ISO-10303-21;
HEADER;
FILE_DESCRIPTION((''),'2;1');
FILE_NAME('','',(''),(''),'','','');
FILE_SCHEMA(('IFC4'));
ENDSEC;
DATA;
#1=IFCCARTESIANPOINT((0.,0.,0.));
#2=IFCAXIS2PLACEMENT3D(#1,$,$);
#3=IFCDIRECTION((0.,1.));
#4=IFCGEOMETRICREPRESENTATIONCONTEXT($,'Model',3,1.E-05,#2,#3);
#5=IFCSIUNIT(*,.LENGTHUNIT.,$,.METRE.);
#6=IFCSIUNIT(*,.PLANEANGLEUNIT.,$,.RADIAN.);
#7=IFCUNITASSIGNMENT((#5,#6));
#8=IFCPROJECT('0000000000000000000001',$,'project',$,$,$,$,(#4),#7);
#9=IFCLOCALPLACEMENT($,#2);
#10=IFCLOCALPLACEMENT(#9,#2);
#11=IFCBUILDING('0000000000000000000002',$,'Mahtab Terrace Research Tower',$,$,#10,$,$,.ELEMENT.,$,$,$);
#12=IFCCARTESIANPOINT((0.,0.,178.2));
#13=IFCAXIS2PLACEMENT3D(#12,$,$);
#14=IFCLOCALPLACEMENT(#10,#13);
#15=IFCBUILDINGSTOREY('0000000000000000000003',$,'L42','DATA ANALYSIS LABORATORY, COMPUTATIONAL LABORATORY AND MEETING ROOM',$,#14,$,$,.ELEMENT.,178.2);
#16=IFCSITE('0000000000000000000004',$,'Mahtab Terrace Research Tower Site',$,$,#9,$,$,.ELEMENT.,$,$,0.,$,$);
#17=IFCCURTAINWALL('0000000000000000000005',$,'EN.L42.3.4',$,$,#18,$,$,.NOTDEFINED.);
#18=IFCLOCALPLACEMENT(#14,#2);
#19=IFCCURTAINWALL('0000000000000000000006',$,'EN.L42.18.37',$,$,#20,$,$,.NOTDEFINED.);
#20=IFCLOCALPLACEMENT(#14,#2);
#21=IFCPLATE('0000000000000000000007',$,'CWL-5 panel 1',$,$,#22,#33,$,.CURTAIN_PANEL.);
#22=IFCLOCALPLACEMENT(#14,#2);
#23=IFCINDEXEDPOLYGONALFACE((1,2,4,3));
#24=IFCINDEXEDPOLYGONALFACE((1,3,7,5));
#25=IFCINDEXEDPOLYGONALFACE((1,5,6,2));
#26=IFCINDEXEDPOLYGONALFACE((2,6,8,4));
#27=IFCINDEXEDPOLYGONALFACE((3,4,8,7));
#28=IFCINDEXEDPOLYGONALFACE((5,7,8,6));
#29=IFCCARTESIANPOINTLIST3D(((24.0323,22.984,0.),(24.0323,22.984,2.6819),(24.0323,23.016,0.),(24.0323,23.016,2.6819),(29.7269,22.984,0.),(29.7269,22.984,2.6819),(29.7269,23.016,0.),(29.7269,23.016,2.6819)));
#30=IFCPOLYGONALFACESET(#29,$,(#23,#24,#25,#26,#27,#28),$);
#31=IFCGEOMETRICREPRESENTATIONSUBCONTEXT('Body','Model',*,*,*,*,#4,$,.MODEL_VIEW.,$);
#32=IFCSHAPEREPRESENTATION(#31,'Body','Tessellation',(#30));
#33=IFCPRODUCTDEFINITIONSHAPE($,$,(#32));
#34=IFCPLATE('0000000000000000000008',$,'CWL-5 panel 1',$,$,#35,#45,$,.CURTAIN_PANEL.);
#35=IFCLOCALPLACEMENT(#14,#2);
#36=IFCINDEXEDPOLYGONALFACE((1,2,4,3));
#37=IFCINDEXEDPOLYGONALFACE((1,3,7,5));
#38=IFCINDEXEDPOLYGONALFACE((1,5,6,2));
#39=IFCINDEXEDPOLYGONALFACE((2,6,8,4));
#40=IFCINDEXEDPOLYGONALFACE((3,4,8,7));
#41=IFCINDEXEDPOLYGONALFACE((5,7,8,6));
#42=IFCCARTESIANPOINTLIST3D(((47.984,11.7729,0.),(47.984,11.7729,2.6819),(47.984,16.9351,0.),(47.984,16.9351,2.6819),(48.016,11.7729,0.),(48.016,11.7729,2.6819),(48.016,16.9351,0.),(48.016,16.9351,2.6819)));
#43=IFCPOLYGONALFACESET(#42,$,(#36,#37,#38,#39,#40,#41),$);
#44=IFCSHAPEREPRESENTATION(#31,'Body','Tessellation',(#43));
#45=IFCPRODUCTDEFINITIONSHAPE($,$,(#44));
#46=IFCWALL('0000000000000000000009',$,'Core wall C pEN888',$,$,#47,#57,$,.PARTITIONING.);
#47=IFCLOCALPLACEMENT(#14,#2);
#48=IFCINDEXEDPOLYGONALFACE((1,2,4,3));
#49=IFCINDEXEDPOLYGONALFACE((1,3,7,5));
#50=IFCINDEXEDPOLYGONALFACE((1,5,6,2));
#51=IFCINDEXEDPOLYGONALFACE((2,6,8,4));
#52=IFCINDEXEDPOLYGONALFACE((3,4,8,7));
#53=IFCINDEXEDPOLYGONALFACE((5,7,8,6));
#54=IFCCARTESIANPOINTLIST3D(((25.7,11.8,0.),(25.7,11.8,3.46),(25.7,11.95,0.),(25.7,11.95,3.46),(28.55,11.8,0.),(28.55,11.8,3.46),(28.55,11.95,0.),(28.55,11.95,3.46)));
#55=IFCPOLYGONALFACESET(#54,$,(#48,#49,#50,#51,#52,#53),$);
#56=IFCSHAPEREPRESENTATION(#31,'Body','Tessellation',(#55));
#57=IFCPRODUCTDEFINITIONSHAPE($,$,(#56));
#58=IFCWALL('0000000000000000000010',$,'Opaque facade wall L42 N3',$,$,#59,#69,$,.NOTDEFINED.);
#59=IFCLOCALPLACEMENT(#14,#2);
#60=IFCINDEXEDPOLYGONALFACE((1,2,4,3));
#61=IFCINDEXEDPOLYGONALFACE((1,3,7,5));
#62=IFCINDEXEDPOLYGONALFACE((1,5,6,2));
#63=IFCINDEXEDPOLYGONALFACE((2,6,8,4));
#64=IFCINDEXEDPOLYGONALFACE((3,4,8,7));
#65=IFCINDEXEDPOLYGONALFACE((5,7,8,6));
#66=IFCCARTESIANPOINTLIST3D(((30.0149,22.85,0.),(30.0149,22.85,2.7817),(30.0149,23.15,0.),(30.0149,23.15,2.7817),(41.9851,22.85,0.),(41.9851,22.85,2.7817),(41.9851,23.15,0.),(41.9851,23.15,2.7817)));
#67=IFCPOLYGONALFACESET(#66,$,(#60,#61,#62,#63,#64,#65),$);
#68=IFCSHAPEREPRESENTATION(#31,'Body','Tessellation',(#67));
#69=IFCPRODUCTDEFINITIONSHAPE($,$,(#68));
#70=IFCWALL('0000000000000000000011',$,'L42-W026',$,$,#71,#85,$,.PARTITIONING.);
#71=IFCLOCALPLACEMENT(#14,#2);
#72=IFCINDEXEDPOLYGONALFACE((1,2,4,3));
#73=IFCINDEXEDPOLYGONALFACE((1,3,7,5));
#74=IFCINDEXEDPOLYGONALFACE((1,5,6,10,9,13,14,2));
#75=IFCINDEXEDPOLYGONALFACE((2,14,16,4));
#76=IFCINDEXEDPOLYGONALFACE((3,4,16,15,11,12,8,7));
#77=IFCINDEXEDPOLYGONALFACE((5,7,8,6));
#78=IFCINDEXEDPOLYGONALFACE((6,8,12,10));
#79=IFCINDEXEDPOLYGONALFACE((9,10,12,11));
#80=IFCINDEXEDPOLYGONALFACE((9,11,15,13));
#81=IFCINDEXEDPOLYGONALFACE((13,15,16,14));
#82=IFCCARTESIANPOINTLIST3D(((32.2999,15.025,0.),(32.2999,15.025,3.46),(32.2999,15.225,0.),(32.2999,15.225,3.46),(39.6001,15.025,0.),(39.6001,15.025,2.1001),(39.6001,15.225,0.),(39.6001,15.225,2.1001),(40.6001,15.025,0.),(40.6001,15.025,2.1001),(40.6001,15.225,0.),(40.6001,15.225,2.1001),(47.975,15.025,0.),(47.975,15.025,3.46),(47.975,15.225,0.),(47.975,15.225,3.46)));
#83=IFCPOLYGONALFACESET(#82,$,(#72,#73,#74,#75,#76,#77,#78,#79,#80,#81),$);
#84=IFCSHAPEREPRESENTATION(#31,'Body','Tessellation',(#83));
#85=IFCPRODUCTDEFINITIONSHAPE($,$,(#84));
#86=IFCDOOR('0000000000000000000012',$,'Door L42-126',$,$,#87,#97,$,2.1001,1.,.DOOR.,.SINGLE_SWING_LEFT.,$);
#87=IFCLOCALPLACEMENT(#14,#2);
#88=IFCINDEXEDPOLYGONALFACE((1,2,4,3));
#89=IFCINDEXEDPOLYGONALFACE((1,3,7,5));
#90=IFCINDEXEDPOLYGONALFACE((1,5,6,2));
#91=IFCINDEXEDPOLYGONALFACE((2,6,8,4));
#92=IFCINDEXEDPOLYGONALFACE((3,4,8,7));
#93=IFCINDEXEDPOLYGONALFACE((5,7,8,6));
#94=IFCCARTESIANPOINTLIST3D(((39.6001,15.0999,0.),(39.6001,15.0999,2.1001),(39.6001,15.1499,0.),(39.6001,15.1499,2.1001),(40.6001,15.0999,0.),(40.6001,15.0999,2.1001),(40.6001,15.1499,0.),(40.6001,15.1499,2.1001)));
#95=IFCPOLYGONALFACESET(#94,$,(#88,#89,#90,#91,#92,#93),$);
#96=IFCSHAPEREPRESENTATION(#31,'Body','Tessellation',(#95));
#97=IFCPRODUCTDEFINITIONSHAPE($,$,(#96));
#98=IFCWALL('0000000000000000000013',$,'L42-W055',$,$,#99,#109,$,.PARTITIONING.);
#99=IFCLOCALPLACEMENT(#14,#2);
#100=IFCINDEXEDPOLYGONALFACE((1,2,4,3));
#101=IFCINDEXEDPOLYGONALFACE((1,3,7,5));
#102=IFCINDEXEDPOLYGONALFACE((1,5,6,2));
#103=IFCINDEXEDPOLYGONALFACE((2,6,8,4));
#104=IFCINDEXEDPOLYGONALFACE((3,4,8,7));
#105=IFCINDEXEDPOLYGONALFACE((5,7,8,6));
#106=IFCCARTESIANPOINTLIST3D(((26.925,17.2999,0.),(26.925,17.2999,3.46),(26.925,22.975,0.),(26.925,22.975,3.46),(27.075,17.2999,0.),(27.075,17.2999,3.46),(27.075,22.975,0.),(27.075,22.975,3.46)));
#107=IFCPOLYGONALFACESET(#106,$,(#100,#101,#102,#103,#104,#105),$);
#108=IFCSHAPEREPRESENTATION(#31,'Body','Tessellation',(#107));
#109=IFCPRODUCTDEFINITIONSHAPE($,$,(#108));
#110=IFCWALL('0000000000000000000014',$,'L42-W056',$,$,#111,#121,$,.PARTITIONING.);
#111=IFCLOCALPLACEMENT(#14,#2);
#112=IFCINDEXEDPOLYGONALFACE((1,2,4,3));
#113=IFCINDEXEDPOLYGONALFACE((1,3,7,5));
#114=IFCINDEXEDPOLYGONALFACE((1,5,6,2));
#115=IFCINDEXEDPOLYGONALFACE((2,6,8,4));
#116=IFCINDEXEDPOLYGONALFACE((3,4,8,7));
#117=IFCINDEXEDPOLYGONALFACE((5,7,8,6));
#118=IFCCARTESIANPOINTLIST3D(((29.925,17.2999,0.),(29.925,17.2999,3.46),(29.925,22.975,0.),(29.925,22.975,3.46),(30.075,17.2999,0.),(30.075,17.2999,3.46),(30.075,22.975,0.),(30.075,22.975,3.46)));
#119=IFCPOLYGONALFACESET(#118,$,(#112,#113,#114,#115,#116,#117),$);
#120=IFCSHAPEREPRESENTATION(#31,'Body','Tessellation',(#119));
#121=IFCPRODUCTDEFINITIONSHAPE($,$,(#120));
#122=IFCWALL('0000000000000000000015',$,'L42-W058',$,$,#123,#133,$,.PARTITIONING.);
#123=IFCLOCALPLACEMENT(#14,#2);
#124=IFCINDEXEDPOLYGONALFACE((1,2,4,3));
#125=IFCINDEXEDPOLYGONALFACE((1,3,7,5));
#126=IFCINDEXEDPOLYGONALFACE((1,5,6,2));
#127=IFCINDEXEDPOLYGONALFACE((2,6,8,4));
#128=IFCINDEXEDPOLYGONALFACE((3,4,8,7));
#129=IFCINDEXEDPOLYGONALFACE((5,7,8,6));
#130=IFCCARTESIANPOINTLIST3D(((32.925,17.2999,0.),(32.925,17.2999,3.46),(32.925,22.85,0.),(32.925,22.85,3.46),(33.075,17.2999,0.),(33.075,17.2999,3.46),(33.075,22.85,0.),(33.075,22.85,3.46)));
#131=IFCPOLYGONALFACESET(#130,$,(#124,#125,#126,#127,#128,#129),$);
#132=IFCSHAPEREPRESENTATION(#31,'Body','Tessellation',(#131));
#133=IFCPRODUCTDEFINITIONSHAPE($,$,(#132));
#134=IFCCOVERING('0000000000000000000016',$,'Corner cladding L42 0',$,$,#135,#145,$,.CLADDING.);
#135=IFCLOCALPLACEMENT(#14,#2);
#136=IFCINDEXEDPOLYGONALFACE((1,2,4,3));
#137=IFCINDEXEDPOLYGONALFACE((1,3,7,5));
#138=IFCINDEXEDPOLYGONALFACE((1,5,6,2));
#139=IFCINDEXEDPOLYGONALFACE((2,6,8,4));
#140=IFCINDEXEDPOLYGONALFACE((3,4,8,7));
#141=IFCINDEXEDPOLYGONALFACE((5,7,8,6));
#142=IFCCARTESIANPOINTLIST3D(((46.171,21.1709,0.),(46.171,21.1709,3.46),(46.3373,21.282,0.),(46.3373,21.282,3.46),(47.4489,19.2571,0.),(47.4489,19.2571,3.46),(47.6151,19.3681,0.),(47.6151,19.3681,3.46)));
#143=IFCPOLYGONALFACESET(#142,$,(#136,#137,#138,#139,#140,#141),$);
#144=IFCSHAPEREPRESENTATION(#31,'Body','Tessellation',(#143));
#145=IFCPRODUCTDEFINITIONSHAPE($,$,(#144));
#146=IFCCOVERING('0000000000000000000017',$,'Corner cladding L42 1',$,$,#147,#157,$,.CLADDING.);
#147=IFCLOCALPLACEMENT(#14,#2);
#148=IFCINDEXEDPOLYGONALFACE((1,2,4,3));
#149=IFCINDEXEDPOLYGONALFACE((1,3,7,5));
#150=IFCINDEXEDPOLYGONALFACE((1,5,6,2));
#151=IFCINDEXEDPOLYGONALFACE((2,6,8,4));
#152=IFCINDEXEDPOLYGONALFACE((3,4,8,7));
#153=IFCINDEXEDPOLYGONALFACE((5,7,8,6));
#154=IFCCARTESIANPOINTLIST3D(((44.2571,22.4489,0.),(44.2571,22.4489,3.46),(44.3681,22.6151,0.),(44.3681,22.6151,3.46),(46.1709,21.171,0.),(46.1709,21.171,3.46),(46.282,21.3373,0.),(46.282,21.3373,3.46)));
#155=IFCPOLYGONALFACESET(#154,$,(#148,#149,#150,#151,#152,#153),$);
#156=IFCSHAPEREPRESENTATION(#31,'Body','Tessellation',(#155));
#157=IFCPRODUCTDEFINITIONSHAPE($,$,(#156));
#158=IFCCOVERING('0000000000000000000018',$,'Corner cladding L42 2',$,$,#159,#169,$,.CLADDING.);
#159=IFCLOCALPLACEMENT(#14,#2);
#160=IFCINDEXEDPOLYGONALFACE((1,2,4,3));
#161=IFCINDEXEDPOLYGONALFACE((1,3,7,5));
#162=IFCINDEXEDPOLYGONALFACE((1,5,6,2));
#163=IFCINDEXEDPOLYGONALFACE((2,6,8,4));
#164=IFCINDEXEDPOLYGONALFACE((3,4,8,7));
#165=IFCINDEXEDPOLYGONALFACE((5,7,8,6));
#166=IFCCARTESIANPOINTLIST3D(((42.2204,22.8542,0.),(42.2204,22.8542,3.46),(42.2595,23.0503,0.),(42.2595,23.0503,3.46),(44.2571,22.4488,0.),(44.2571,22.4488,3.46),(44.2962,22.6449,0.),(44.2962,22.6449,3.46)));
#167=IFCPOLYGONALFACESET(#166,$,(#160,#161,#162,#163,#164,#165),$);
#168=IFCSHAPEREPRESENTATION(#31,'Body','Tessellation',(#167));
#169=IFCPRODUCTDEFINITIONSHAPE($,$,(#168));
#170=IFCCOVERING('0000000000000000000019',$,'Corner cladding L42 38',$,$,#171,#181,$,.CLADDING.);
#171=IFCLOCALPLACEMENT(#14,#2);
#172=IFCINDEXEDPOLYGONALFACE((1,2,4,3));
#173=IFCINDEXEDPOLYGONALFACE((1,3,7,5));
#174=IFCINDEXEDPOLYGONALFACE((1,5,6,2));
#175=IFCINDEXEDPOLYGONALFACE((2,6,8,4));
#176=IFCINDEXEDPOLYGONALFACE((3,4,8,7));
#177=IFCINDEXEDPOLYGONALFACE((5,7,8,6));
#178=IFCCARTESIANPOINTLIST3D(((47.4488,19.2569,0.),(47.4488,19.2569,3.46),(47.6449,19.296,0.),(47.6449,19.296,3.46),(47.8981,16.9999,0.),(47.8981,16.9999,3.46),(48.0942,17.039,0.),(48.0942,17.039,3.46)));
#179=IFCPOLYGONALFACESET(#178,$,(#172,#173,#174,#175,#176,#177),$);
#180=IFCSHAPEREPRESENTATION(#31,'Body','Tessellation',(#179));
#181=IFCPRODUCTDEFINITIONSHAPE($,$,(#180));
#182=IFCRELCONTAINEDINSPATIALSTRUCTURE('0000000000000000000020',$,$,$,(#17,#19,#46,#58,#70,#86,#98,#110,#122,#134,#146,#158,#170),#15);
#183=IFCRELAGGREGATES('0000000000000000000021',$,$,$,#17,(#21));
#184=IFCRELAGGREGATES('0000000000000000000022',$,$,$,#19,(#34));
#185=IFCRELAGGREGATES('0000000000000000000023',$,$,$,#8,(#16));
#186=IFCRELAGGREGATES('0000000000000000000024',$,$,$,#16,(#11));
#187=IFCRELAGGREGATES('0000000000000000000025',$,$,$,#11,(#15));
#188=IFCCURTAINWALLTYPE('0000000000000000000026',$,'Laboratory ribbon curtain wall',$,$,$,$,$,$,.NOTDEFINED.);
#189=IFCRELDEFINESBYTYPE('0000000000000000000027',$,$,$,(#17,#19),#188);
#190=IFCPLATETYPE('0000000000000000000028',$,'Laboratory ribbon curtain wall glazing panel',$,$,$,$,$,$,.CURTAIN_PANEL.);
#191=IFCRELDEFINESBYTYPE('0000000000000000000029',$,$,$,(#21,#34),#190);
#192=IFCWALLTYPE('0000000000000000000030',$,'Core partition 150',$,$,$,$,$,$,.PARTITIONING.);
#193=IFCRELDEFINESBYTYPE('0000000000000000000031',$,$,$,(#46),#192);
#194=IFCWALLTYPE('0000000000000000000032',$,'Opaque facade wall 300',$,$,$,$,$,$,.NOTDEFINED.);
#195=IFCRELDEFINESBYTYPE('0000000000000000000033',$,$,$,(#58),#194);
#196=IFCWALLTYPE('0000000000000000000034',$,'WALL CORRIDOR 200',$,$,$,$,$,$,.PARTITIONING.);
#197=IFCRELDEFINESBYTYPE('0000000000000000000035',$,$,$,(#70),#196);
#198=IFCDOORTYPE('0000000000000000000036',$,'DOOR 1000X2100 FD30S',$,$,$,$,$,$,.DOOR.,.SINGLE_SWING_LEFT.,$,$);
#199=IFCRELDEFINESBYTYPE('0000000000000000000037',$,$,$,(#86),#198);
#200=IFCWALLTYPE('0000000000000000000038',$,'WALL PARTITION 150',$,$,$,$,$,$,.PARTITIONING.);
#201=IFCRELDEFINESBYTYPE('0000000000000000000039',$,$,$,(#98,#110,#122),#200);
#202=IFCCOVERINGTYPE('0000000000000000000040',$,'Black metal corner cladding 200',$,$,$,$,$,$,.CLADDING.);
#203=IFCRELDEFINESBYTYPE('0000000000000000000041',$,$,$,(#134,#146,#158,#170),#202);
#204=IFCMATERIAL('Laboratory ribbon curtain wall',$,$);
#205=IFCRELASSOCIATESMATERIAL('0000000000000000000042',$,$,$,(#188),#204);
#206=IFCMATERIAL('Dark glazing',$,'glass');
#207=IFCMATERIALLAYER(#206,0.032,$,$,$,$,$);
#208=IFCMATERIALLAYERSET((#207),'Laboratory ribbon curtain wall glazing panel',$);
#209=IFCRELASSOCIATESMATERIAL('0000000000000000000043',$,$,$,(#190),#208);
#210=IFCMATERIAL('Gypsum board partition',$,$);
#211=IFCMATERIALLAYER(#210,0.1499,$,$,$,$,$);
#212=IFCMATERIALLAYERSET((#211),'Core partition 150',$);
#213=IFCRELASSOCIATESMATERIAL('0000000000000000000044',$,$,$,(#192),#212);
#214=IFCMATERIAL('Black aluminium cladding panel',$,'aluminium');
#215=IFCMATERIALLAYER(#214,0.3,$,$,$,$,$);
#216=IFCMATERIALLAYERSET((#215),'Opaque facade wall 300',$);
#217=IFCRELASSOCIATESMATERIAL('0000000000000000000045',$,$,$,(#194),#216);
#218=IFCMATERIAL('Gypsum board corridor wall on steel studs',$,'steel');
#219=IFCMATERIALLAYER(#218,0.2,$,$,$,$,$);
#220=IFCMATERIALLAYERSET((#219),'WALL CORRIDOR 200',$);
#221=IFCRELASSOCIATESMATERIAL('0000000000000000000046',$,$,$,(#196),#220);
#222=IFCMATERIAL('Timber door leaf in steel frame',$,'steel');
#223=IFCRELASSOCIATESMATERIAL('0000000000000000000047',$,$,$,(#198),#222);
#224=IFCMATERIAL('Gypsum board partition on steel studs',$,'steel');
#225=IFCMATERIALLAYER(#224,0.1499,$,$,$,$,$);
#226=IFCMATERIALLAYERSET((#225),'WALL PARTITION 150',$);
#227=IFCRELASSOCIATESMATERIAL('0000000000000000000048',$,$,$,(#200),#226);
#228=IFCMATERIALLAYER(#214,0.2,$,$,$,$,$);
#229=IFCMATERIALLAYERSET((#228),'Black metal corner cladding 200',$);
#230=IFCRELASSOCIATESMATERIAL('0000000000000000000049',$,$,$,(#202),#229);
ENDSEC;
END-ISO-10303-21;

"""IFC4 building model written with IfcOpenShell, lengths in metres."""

from ifc_helpers import new_model, si_unit, direction, frame, frame_2d, origin, origin_2d, place, context, subcontext, project, spatial, rectangle, extrude, material, layer, layer_set, type_object, element, fill, aggregate, save


model = new_model("IFC4")

# Units and contexts
model_context = context("Model", 3, precision=1e-05, world=origin(), true_north=direction((0.0, 1.0)))
body_context = subcontext(model_context, "Body", "Model", "MODEL_VIEW")
ifc_project = project(units=[si_unit("LENGTHUNIT", "METRE"), si_unit("PLANEANGLEUNIT", "RADIAN")], contexts=[model_context])

# Site, building, storey
site_placement = place(None, origin())
site = spatial("IfcSite", under=ifc_project, at=site_placement, Name="Mahtab Terrace Research Tower Site", CompositionType="ELEMENT", RefElevation=0.0)
building_placement = place(site_placement, origin())
building = spatial("IfcBuilding", under=site, at=building_placement, Name="Mahtab Terrace Research Tower", CompositionType="ELEMENT")
storey_placement = place(building_placement, frame((0.0, 0.0, 178.2)))
storey = spatial("IfcBuildingStorey", under=building, at=storey_placement, Name="L42", Description="DATA ANALYSIS LABORATORY, COMPUTATIONAL LABORATORY AND MEETING ROOM", CompositionType="ELEMENT", Elevation=178.2)

# Curtain walls
ifc_material_1 = material(Name="Laboratory ribbon curtain wall")
curtain_wall_type = type_object("IfcCurtainWallType", Name="Laboratory ribbon curtain wall", PredefinedType="NOTDEFINED", material=ifc_material_1)
curtain_wall_1_placement = place(storey_placement, origin())
curtain_wall_1 = element("IfcCurtainWall", 1, at=curtain_wall_1_placement, inside=storey, type_object=curtain_wall_type, Name="EN.L42.3.4", PredefinedType="NOTDEFINED")
curtain_wall_2_placement = place(storey_placement, origin())
curtain_wall_2 = element("IfcCurtainWall", 2, at=curtain_wall_2_placement, inside=storey, type_object=curtain_wall_type, Name="EN.L42.18.37", PredefinedType="NOTDEFINED")

# Plates
ifc_material_2 = material(Name="Dark glazing", Category="glass")
ifc_layer_1 = layer(ifc_material_2, 0.032)
ifc_layer_set_1 = layer_set([ifc_layer_1], Name="Laboratory ribbon curtain wall glazing panel")
plate_type = type_object("IfcPlateType", Name="Laboratory ribbon curtain wall glazing panel", PredefinedType="CURTAIN_PANEL", material=ifc_layer_set_1)
plate_1_placement = place(storey_placement, frame((26.8796, 23.0, 0.0), z_axis=(0.0, 0.0, 1.0), x_axis=(-1.0, 0.0, 0.0)))
plate_1 = element("IfcPlate", 3, at=plate_1_placement, type_object=plate_type, Name="CWL-5 panel 1", PredefinedType="CURTAIN_PANEL", context=body_context, shape_type="SweptSolid", body=[
    extrude(rectangle(XDim=5.6946, YDim=0.032, at=origin_2d()), origin(), (0.0, 0.0, 1.0), 2.6819),
])
aggregate(curtain_wall_1, [plate_1])
plate_2_placement = place(storey_placement, frame((48.0, 14.354, 0.0), z_axis=(0.0, 0.0, 1.0), x_axis=(0.0, 1.0, 0.0)))
plate_2 = element("IfcPlate", 4, at=plate_2_placement, type_object=plate_type, Name="CWL-5 panel 1", PredefinedType="CURTAIN_PANEL", context=body_context, shape_type="SweptSolid", body=[
    extrude(rectangle(XDim=5.1621, YDim=0.032, at=origin_2d()), origin(), (0.0, 0.0, 1.0), 2.6819),
])
aggregate(curtain_wall_2, [plate_2])

# Walls
ifc_material_3 = material(Name="Gypsum board partition")
ifc_layer_2 = layer(ifc_material_3, 0.1499)
ifc_layer_set_2 = layer_set([ifc_layer_2], Name="Core partition 150")
wall_type_1 = type_object("IfcWallType", Name="Core partition 150", PredefinedType="PARTITIONING", material=ifc_layer_set_2)
wall_1_placement = place(storey_placement, frame((25.7, 11.875, 0.0), z_axis=(0.0, 0.0, 1.0), x_axis=(1.0, 0.0, 0.0)))
element("IfcWall", 5, at=wall_1_placement, inside=storey, type_object=wall_type_1, Name="Core wall C pEN888", PredefinedType="PARTITIONING", context=body_context, shape_type="SweptSolid", body=[
    extrude(rectangle(XDim=2.8501, YDim=0.1499, at=frame_2d((1.425, 0.0))), origin(), (0.0, 0.0, 1.0), 3.46),
])
ifc_material_4 = material(Name="Black aluminium cladding panel", Category="aluminium")
ifc_layer_3 = layer(ifc_material_4, 0.3)
ifc_layer_set_3 = layer_set([ifc_layer_3], Name="Opaque facade wall 300")
wall_type_2 = type_object("IfcWallType", Name="Opaque facade wall 300", PredefinedType="NOTDEFINED", material=ifc_layer_set_3)
wall_2_placement = place(storey_placement, frame((41.9851, 23.0, 0.0), z_axis=(0.0, 0.0, 1.0), x_axis=(-1.0, 0.0, 0.0)))
element("IfcWall", 6, at=wall_2_placement, inside=storey, type_object=wall_type_2, Name="Opaque facade wall L42 N3", PredefinedType="NOTDEFINED", context=body_context, shape_type="SweptSolid", body=[
    extrude(rectangle(XDim=11.9702, YDim=0.3, at=frame_2d((5.9851, 0.0))), origin(), (0.0, 0.0, 1.0), 2.7817),
])

# Wall, opening, door
ifc_material_5 = material(Name="Gypsum board corridor wall on steel studs", Category="steel")
ifc_layer_4 = layer(ifc_material_5, 0.2)
ifc_layer_set_4 = layer_set([ifc_layer_4], Name="WALL CORRIDOR 200")
wall_type_3 = type_object("IfcWallType", Name="WALL CORRIDOR 200", PredefinedType="PARTITIONING", material=ifc_layer_set_4)
wall_3_placement = place(storey_placement, frame((32.3, 15.125, 0.0), z_axis=(0.0, 0.0, 1.0), x_axis=(1.0, 0.0, 0.0)))
wall_3 = element("IfcWall", 7, at=wall_3_placement, inside=storey, type_object=wall_type_3, Name="L42-W026", PredefinedType="PARTITIONING", context=body_context, shape_type="SweptSolid", body=[
    extrude(rectangle(XDim=15.675, YDim=0.2, at=frame_2d((7.8374, 0.0))), origin(), (0.0, 0.0, 1.0), 3.46),
])
opening_placement = place(wall_3_placement, frame((7.3, 0.0, 0.0)))
opening = element("IfcOpeningElement", 8, at=opening_placement, cuts=wall_3, PredefinedType="OPENING", context=body_context, shape_type="SweptSolid", body=[
    extrude(rectangle(XDim=1.0, YDim=2.1001, at=frame_2d((0.5, 1.05))), frame((0.0, 0.1099, 0.0), z_axis=(0.0, -1.0, 0.0), x_axis=(1.0, 0.0, 0.0)), (0.0, 0.0, 1.0), 0.22),
])
ifc_material_6 = material(Name="Timber door leaf in steel frame", Category="steel")
door_type = type_object("IfcDoorType", Name="DOOR 1000X2100 FD30S", OperationType="SINGLE_SWING_LEFT", PredefinedType="DOOR", material=ifc_material_6)
door_placement = place(opening_placement, origin())
door = element("IfcDoor", 9, at=door_placement, inside=storey, type_object=door_type, Name="Door L42-126", OperationType="SINGLE_SWING_LEFT", OverallHeight=2.1001, OverallWidth=1.0, PredefinedType="DOOR", context=body_context, shape_type="SweptSolid", body=[
    extrude(rectangle(XDim=1.0, YDim=2.1001, at=frame_2d((0.5, 1.05))), frame((0.0, 0.0249, 0.0), z_axis=(0.0, -1.0, 0.0), x_axis=(1.0, 0.0, 0.0)), (0.0, 0.0, 1.0), 0.05),
])
fill(opening, door)

# Walls
ifc_material_7 = material(Name="Gypsum board partition on steel studs", Category="steel")
ifc_layer_5 = layer(ifc_material_7, 0.1499)
ifc_layer_set_5 = layer_set([ifc_layer_5], Name="WALL PARTITION 150")
wall_type_4 = type_object("IfcWallType", Name="WALL PARTITION 150", PredefinedType="PARTITIONING", material=ifc_layer_set_5)
for number, where, z_axis, x_axis, name in (
    (10, (27.0, 17.3, 0.0), (0.0, 0.0, 1.0), (0.0, 1.0, 0.0), "L42-W055"),
    (11, (30.0, 17.3, 0.0), (0.0, 0.0, 1.0), (0.0, 1.0, 0.0), "L42-W056"),
):
    element("IfcWall", number, at=place(storey_placement, frame(where, z_axis=z_axis, x_axis=x_axis)), inside=storey, type_object=wall_type_4, Name=name, PredefinedType="PARTITIONING", context=body_context, shape_type="SweptSolid", body=[
        extrude(rectangle(XDim=5.675, YDim=0.1499, at=frame_2d((2.8374, 0.0))), origin(), (0.0, 0.0, 1.0), 3.46),
    ])
wall_4_placement = place(storey_placement, frame((33.0, 17.3, 0.0), z_axis=(0.0, 0.0, 1.0), x_axis=(0.0, 1.0, 0.0)))
element("IfcWall", 12, at=wall_4_placement, inside=storey, type_object=wall_type_4, Name="L42-W058", PredefinedType="PARTITIONING", context=body_context, shape_type="SweptSolid", body=[
    extrude(rectangle(XDim=5.55, YDim=0.1499, at=frame_2d((2.7749, 0.0))), origin(), (0.0, 0.0, 1.0), 3.46),
])

# Coverings
ifc_layer_6 = layer(ifc_material_4, 0.2)
ifc_layer_set_6 = layer_set([ifc_layer_6], Name="Black metal corner cladding 200")
covering_type = type_object("IfcCoveringType", Name="Black metal corner cladding 200", PredefinedType="CLADDING", material=ifc_layer_set_6)
for number, where, z_axis, x_axis, name in (
    (13, (46.8931, 20.2695, 0.0), (0.0, 0.0, 1.0), (-0.555291, 0.831656, 0.0), "Corner cladding L42 0"),
    (14, (45.2695, 21.8931, 0.0), (0.0, 0.0, 1.0), (-0.831656, 0.555291, 0.0), "Corner cladding L42 1"),
):
    element("IfcCovering", number, at=place(storey_placement, frame(where, z_axis=z_axis, x_axis=x_axis)), inside=storey, type_object=covering_type, Name=name, PredefinedType="CLADDING", context=body_context, shape_type="SweptSolid", body=[
        extrude(rectangle(XDim=2.3013, YDim=0.2, at=origin_2d()), origin(), (0.0, 0.0, 1.0), 3.46),
    ])
covering_1_placement = place(storey_placement, frame((43.2583, 22.7495, 0.0), z_axis=(0.0, 0.0, 1.0), x_axis=(-0.980761, 0.195212, 0.0)))
element("IfcCovering", 15, at=covering_1_placement, inside=storey, type_object=covering_type, Name="Corner cladding L42 2", PredefinedType="CLADDING", context=body_context, shape_type="SweptSolid", body=[
    extrude(rectangle(XDim=2.0767, YDim=0.2, at=origin_2d()), origin(), (0.0, 0.0, 1.0), 3.46),
])
covering_2_placement = place(storey_placement, frame((47.7715, 18.1479, 0.0), z_axis=(0.0, 0.0, 1.0), x_axis=(-0.195212, 0.980761, 0.0)))
element("IfcCovering", 16, at=covering_2_placement, inside=storey, type_object=covering_type, Name="Corner cladding L42 38", PredefinedType="CLADDING", context=body_context, shape_type="SweptSolid", body=[
    extrude(rectangle(XDim=2.3013, YDim=0.2, at=origin_2d()), origin(), (0.0, 0.0, 1.0), 3.46),
])

save(model, "model.ifc")
